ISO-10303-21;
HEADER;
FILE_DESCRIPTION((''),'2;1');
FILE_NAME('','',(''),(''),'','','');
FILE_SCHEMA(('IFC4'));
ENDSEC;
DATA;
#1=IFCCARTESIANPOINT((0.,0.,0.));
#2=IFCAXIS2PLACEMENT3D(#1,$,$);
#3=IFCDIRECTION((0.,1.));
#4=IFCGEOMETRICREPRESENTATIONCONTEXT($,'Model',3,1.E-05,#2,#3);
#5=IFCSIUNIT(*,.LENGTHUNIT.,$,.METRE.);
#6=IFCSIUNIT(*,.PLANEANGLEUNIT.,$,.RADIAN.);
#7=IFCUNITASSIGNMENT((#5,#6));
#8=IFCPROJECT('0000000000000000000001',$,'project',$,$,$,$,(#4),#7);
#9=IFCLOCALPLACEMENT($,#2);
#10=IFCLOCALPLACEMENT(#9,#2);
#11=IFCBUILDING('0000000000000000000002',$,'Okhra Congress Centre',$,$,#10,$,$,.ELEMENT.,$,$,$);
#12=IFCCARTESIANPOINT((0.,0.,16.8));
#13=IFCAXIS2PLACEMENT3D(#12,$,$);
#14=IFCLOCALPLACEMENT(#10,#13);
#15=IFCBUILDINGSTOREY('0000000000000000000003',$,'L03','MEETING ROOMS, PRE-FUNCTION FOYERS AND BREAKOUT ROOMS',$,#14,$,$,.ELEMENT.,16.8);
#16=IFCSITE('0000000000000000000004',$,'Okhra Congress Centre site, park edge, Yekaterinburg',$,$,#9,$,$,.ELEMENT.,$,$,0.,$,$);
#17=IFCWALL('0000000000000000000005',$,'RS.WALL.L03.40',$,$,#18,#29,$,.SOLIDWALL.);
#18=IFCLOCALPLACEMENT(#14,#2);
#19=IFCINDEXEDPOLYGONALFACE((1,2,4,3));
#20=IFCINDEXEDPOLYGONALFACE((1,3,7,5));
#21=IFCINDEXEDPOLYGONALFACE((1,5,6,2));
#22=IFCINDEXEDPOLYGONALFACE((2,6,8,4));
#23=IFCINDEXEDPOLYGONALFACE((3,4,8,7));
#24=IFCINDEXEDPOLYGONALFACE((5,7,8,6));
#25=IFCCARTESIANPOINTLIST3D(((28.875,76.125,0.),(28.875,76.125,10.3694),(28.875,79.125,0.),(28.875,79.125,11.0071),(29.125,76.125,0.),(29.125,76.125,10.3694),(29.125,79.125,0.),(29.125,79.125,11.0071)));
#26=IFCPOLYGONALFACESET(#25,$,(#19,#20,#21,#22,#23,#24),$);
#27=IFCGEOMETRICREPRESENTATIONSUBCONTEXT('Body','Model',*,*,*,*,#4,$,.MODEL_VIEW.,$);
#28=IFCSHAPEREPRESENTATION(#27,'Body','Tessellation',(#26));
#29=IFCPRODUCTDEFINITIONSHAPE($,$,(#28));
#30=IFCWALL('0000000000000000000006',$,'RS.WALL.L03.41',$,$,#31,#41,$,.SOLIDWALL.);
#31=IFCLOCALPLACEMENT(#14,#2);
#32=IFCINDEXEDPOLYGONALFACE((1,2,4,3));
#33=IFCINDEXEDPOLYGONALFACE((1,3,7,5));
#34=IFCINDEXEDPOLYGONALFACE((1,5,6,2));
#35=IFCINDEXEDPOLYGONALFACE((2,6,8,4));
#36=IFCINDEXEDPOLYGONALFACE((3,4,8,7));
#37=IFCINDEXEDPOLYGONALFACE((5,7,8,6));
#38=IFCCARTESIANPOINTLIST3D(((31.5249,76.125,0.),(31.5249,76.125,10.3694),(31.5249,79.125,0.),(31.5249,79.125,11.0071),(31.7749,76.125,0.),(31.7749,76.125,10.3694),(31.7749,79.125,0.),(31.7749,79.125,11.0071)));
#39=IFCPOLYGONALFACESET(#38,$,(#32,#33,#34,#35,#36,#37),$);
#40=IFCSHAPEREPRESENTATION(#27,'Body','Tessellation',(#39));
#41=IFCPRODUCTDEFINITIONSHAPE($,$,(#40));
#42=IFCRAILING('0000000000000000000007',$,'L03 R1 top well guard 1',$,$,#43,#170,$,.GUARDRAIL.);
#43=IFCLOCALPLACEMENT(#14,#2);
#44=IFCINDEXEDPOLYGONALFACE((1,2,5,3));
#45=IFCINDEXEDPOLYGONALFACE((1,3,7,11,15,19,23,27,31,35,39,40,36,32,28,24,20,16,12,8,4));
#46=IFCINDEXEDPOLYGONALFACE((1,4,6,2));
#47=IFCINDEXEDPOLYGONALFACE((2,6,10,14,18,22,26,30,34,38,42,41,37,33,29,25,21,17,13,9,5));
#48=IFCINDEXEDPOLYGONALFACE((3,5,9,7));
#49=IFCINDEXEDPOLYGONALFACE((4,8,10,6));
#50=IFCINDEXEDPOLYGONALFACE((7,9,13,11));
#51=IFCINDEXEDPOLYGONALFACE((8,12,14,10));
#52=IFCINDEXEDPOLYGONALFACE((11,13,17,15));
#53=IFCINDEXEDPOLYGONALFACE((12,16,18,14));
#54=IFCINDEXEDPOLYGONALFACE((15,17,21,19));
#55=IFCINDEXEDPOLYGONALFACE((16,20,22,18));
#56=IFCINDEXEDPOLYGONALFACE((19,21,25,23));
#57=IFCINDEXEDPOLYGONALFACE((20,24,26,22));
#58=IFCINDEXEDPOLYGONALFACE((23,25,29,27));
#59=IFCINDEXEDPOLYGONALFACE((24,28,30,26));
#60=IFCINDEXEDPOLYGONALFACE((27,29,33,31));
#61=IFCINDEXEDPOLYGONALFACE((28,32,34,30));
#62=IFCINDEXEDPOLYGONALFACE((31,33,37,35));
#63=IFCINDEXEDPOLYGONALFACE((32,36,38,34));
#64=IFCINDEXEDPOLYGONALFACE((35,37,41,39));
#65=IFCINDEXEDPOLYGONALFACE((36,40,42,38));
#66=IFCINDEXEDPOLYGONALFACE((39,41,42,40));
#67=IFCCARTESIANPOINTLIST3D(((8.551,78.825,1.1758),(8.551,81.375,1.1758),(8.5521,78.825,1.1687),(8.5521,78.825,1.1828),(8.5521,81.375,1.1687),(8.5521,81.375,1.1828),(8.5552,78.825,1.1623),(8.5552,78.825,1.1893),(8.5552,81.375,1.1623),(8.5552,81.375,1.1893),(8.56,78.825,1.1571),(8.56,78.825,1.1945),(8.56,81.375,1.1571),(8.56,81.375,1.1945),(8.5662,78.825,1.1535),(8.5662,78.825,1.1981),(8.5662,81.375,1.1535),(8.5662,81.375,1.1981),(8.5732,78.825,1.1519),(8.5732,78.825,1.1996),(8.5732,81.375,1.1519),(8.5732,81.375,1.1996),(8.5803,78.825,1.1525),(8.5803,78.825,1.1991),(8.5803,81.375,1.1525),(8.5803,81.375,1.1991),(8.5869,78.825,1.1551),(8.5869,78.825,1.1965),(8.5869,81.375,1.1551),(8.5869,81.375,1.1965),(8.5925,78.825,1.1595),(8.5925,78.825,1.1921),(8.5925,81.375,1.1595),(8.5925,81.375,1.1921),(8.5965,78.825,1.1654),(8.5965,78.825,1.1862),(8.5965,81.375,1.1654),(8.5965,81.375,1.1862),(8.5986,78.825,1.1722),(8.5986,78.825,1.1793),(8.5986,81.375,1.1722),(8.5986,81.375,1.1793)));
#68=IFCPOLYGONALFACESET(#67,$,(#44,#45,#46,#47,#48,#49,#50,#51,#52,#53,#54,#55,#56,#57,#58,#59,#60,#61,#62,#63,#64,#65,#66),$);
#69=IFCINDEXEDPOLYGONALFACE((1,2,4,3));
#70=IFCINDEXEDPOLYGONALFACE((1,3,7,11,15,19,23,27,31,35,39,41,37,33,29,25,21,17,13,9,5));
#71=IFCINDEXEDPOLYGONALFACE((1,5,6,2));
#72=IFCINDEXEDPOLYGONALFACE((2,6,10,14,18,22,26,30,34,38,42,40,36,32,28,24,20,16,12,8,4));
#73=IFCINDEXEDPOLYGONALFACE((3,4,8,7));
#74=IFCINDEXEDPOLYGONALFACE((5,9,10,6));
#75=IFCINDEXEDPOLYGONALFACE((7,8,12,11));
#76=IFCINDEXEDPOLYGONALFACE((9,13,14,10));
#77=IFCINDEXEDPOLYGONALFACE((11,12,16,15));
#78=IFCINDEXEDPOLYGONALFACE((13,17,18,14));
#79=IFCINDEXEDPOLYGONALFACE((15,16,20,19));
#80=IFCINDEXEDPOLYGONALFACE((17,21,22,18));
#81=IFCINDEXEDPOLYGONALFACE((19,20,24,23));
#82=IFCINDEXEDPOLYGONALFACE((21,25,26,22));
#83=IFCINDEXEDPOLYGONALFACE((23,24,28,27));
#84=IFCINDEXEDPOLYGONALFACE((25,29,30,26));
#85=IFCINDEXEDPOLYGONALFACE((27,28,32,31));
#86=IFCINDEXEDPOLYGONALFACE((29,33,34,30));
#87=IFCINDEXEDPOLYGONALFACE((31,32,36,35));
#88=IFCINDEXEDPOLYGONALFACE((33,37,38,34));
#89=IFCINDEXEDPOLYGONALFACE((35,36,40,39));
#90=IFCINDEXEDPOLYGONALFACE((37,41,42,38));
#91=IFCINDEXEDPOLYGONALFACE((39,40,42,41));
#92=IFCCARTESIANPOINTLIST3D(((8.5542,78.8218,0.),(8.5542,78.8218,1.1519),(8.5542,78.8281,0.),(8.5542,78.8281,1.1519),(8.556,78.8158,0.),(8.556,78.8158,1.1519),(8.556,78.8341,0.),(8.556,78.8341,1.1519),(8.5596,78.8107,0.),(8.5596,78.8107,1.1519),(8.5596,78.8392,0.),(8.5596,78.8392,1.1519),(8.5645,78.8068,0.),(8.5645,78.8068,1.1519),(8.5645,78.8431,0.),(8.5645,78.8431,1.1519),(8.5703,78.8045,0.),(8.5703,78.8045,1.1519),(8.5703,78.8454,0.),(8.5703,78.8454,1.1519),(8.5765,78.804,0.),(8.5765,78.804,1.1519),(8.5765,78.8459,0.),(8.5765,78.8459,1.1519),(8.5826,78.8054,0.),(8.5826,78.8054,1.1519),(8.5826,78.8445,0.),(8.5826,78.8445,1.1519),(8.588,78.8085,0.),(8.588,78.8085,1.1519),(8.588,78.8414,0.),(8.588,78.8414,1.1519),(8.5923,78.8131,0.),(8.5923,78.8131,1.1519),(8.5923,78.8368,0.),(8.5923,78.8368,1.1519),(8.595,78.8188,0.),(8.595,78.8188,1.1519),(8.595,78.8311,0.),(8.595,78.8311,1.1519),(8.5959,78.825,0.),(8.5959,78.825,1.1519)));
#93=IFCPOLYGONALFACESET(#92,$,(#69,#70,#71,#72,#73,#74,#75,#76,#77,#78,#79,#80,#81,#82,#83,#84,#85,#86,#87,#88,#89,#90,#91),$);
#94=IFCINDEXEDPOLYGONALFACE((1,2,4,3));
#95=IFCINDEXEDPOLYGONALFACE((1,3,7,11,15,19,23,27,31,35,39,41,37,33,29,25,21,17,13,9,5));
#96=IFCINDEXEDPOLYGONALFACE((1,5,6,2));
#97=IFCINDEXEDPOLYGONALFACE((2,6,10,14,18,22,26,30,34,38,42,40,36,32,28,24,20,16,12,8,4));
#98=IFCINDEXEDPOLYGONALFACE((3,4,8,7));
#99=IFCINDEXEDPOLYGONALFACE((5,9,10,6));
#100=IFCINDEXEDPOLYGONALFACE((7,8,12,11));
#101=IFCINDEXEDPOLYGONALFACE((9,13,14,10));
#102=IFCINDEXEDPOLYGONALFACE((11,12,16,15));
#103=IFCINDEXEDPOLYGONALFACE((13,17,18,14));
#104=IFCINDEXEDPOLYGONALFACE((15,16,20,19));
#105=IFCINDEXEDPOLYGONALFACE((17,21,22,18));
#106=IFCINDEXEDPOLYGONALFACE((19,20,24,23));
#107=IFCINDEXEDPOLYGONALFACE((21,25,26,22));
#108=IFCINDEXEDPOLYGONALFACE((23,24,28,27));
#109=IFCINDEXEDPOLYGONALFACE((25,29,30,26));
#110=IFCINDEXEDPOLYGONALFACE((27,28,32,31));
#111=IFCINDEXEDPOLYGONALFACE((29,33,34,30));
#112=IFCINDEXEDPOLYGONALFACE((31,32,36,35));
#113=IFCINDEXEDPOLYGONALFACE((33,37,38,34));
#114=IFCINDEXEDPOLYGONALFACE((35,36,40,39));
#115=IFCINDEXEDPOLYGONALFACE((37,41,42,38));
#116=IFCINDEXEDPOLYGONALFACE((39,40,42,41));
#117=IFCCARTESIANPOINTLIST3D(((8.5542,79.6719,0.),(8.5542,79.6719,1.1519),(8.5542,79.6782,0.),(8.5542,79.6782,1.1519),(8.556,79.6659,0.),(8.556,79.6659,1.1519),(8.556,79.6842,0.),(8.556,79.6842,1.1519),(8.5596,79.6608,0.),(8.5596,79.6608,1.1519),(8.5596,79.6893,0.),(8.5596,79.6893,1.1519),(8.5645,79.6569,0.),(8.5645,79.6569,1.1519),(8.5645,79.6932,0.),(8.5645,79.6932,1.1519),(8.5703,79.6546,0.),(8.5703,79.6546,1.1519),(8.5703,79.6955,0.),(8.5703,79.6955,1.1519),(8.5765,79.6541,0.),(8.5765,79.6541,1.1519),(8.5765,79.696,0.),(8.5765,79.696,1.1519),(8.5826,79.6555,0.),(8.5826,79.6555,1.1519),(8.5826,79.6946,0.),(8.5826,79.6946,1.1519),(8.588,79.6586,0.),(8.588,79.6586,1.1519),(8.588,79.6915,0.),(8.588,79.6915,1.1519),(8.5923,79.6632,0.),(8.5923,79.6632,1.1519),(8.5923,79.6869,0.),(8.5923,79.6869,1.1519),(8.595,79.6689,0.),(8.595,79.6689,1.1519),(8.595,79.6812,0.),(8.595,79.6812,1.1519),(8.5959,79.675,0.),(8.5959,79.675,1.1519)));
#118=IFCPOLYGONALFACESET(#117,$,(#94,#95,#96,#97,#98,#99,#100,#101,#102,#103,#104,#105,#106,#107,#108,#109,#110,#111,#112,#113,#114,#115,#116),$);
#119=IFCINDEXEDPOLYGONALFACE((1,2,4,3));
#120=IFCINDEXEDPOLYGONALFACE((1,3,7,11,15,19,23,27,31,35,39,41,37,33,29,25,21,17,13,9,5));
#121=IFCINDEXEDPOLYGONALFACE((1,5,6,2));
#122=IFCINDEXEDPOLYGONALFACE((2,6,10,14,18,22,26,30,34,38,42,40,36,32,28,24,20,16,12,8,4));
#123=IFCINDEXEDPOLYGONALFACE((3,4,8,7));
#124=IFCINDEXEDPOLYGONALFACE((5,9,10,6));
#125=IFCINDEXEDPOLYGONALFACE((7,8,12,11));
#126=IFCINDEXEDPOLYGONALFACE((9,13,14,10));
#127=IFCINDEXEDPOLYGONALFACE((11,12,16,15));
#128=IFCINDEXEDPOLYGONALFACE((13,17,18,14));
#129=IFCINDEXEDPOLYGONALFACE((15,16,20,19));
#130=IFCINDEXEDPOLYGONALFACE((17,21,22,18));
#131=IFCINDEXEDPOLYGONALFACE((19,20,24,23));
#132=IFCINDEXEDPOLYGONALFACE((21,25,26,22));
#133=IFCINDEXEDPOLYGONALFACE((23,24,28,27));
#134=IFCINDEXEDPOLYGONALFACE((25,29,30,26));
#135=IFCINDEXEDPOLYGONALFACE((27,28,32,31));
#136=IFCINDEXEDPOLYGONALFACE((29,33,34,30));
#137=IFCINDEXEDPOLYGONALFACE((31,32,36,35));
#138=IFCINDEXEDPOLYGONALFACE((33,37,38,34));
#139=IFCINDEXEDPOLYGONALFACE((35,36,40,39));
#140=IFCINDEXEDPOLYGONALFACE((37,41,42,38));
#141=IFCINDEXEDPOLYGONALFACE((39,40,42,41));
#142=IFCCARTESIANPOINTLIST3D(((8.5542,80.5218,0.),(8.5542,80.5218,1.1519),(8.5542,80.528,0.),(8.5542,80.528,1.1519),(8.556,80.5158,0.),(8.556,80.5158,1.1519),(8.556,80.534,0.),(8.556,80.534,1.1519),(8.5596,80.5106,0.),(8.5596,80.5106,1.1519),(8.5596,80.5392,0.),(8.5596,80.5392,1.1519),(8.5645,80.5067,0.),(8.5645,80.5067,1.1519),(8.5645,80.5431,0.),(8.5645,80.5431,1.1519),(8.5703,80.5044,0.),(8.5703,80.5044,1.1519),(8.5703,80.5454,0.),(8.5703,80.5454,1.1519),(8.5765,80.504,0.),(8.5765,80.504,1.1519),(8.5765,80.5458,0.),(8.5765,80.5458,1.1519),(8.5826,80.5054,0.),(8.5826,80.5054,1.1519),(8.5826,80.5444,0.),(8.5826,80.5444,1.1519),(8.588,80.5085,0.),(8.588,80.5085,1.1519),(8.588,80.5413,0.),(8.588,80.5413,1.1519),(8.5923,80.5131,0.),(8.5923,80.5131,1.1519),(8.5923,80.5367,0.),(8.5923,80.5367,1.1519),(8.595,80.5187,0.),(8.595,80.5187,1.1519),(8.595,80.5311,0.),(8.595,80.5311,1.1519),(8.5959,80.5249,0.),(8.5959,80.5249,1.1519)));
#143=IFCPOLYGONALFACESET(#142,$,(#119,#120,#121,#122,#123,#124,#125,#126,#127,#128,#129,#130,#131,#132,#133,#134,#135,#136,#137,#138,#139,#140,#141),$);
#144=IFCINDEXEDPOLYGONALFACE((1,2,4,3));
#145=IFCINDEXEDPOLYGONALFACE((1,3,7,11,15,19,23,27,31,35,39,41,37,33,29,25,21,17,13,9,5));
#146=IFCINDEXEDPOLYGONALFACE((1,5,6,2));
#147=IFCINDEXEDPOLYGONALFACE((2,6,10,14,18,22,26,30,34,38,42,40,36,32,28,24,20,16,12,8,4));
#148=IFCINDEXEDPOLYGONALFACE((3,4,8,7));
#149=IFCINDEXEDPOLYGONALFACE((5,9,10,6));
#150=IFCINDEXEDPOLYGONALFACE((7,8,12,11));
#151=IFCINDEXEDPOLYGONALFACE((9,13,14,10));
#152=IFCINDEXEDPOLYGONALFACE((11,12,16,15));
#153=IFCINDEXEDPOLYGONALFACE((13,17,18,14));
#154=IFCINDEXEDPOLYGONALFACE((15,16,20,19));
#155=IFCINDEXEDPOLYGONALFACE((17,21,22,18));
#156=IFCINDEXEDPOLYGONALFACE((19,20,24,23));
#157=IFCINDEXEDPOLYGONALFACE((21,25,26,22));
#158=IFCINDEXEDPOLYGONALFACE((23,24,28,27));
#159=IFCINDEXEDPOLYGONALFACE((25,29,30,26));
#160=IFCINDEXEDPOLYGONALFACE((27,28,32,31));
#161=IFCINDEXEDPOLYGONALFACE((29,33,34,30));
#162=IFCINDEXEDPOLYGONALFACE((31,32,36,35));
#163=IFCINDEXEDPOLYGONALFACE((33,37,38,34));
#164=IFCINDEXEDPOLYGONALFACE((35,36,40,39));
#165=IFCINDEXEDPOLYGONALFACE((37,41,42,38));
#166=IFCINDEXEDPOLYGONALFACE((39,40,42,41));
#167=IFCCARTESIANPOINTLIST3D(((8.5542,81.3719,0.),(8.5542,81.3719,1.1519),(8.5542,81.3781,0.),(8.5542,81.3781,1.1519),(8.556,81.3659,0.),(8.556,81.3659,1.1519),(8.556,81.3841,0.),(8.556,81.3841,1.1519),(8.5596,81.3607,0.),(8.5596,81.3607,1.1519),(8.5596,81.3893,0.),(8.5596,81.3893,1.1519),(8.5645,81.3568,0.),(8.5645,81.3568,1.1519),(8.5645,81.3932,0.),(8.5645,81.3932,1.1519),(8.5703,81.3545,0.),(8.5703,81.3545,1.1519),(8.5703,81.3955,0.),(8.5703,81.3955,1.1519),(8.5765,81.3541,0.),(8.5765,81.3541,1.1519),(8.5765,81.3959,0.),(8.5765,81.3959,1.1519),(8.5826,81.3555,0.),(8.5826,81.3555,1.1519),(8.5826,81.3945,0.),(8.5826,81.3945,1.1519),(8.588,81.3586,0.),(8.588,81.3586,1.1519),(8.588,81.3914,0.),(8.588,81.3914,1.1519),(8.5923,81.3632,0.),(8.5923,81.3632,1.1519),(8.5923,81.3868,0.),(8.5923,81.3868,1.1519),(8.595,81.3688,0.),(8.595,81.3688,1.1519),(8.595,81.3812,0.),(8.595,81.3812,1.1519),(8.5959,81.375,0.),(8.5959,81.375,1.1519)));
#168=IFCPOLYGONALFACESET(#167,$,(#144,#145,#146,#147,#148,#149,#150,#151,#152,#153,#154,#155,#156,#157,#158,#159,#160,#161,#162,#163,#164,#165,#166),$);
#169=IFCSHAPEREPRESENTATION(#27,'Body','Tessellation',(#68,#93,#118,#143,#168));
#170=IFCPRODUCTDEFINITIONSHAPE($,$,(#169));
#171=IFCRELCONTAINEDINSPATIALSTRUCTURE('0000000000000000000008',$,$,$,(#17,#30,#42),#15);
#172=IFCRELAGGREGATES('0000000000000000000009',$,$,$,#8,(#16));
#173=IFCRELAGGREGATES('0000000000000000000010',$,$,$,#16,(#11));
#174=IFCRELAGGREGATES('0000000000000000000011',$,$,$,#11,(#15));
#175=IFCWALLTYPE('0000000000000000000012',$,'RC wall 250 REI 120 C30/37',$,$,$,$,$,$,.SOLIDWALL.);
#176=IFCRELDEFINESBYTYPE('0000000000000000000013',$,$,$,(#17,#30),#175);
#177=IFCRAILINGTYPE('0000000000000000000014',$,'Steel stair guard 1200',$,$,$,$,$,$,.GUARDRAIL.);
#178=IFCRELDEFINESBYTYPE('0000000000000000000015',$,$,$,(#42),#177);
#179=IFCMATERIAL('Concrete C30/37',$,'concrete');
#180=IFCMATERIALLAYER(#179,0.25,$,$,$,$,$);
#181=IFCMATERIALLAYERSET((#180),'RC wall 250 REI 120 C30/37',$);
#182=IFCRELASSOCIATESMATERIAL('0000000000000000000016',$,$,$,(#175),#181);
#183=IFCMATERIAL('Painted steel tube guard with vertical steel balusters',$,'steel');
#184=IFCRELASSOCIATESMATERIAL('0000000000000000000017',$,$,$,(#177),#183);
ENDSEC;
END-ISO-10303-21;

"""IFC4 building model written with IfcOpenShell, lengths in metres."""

from ifc_helpers import new_model, si_unit, direction, frame, origin, origin_2d, place, context, subcontext, project, spatial, polyline, circle, outline, extrude, material, layer, layer_set, type_object, element, save


model = new_model("IFC4")

# Units and contexts
model_context = context("Model", 3, precision=1e-05, world=origin(), true_north=direction((0.0, 1.0)))
body_context = subcontext(model_context, "Body", "Model", "MODEL_VIEW")
ifc_project = project(units=[si_unit("LENGTHUNIT", "METRE"), si_unit("PLANEANGLEUNIT", "RADIAN")], contexts=[model_context])

# Site, building, storey
site_placement = place(None, origin())
site = spatial("IfcSite", under=ifc_project, at=site_placement, Name="Okhra Congress Centre site, park edge, Yekaterinburg", CompositionType="ELEMENT", RefElevation=0.0)
building_placement = place(site_placement, origin())
building = spatial("IfcBuilding", under=site, at=building_placement, Name="Okhra Congress Centre", CompositionType="ELEMENT")
storey_placement = place(building_placement, frame((0.0, 0.0, 16.8)))
storey = spatial("IfcBuildingStorey", under=building, at=storey_placement, Name="L03", Description="MEETING ROOMS, PRE-FUNCTION FOYERS AND BREAKOUT ROOMS", CompositionType="ELEMENT", Elevation=16.8)

# Walls
ifc_material_1 = material(Name="Concrete C30/37", Category="concrete")
ifc_layer_1 = layer(ifc_material_1, 0.25)
ifc_layer_set_1 = layer_set([ifc_layer_1], Name="RC wall 250 REI 120 C30/37")
wall_type_1 = type_object("IfcWallType", Name="RC wall 250 REI 120 C30/37", PredefinedType="SOLIDWALL", material=ifc_layer_set_1)
for number, where, z_axis, x_axis, name in (
    (1, (29.0, 76.125, 0.0), (0.0, 0.0, 1.0), (0.0, 1.0, 0.0), "RS.WALL.L03.40"),
    (2, (31.6499, 76.125, 0.0), (0.0, 0.0, 1.0), (0.0, 1.0, 0.0), "RS.WALL.L03.41"),
):
    element("IfcWall", number, at=place(storey_placement, frame(where, z_axis=z_axis, x_axis=x_axis)), inside=storey, type_object=wall_type_1, Name=name, PredefinedType="SOLIDWALL", context=body_context, shape_type="SweptSolid", body=[
        extrude(outline(polyline([(0.0, 0.0), (3.0, 0.0), (3.0, 11.0071), (0.0, 10.3694), (0.0, 0.0)])), frame((0.0, 0.125, 0.0), z_axis=(0.0, -1.0, 0.0), x_axis=(1.0, 0.0, 0.0)), (0.0, 0.0, 1.0), 0.25),
    ])

# Railing
ifc_material_2 = material(Name="Painted steel tube guard with vertical steel balusters", Category="steel")
railing_type = type_object("IfcRailingType", Name="Steel stair guard 1200", PredefinedType="GUARDRAIL", material=ifc_material_2)
for number, where, name in (
    (3, (8.575, 78.825, 0.0), "L03 R1 top well guard 1"),
):
    element("IfcRailing", number, at=place(storey_placement, frame(where)), inside=storey, type_object=railing_type, Name=name, PredefinedType="GUARDRAIL", context=body_context, shape_type="SweptSolid", body=[
        extrude(circle(Radius=0.0239, at=origin_2d()), frame((0.0, 0.0, 1.1758), z_axis=(0.0, 1.0, 0.0), x_axis=(-1.0, 0.0, 0.0)), (0.0, 0.0, 1.0), 2.55),
        extrude(circle(Radius=0.021, at=origin_2d()), origin(), (0.0, 0.0, 1.0), 1.1519),
        extrude(circle(Radius=0.021, at=origin_2d()), frame((0.0, 0.8501, 0.0)), (0.0, 0.0, 1.0), 1.1519),
        extrude(circle(Radius=0.021, at=origin_2d()), frame((0.0, 1.7, 0.0)), (0.0, 0.0, 1.0), 1.1519),
        extrude(circle(Radius=0.021, at=origin_2d()), frame((0.0, 2.55, 0.0)), (0.0, 0.0, 1.0), 1.1519),
    ])

save(model, "model.ifc")
